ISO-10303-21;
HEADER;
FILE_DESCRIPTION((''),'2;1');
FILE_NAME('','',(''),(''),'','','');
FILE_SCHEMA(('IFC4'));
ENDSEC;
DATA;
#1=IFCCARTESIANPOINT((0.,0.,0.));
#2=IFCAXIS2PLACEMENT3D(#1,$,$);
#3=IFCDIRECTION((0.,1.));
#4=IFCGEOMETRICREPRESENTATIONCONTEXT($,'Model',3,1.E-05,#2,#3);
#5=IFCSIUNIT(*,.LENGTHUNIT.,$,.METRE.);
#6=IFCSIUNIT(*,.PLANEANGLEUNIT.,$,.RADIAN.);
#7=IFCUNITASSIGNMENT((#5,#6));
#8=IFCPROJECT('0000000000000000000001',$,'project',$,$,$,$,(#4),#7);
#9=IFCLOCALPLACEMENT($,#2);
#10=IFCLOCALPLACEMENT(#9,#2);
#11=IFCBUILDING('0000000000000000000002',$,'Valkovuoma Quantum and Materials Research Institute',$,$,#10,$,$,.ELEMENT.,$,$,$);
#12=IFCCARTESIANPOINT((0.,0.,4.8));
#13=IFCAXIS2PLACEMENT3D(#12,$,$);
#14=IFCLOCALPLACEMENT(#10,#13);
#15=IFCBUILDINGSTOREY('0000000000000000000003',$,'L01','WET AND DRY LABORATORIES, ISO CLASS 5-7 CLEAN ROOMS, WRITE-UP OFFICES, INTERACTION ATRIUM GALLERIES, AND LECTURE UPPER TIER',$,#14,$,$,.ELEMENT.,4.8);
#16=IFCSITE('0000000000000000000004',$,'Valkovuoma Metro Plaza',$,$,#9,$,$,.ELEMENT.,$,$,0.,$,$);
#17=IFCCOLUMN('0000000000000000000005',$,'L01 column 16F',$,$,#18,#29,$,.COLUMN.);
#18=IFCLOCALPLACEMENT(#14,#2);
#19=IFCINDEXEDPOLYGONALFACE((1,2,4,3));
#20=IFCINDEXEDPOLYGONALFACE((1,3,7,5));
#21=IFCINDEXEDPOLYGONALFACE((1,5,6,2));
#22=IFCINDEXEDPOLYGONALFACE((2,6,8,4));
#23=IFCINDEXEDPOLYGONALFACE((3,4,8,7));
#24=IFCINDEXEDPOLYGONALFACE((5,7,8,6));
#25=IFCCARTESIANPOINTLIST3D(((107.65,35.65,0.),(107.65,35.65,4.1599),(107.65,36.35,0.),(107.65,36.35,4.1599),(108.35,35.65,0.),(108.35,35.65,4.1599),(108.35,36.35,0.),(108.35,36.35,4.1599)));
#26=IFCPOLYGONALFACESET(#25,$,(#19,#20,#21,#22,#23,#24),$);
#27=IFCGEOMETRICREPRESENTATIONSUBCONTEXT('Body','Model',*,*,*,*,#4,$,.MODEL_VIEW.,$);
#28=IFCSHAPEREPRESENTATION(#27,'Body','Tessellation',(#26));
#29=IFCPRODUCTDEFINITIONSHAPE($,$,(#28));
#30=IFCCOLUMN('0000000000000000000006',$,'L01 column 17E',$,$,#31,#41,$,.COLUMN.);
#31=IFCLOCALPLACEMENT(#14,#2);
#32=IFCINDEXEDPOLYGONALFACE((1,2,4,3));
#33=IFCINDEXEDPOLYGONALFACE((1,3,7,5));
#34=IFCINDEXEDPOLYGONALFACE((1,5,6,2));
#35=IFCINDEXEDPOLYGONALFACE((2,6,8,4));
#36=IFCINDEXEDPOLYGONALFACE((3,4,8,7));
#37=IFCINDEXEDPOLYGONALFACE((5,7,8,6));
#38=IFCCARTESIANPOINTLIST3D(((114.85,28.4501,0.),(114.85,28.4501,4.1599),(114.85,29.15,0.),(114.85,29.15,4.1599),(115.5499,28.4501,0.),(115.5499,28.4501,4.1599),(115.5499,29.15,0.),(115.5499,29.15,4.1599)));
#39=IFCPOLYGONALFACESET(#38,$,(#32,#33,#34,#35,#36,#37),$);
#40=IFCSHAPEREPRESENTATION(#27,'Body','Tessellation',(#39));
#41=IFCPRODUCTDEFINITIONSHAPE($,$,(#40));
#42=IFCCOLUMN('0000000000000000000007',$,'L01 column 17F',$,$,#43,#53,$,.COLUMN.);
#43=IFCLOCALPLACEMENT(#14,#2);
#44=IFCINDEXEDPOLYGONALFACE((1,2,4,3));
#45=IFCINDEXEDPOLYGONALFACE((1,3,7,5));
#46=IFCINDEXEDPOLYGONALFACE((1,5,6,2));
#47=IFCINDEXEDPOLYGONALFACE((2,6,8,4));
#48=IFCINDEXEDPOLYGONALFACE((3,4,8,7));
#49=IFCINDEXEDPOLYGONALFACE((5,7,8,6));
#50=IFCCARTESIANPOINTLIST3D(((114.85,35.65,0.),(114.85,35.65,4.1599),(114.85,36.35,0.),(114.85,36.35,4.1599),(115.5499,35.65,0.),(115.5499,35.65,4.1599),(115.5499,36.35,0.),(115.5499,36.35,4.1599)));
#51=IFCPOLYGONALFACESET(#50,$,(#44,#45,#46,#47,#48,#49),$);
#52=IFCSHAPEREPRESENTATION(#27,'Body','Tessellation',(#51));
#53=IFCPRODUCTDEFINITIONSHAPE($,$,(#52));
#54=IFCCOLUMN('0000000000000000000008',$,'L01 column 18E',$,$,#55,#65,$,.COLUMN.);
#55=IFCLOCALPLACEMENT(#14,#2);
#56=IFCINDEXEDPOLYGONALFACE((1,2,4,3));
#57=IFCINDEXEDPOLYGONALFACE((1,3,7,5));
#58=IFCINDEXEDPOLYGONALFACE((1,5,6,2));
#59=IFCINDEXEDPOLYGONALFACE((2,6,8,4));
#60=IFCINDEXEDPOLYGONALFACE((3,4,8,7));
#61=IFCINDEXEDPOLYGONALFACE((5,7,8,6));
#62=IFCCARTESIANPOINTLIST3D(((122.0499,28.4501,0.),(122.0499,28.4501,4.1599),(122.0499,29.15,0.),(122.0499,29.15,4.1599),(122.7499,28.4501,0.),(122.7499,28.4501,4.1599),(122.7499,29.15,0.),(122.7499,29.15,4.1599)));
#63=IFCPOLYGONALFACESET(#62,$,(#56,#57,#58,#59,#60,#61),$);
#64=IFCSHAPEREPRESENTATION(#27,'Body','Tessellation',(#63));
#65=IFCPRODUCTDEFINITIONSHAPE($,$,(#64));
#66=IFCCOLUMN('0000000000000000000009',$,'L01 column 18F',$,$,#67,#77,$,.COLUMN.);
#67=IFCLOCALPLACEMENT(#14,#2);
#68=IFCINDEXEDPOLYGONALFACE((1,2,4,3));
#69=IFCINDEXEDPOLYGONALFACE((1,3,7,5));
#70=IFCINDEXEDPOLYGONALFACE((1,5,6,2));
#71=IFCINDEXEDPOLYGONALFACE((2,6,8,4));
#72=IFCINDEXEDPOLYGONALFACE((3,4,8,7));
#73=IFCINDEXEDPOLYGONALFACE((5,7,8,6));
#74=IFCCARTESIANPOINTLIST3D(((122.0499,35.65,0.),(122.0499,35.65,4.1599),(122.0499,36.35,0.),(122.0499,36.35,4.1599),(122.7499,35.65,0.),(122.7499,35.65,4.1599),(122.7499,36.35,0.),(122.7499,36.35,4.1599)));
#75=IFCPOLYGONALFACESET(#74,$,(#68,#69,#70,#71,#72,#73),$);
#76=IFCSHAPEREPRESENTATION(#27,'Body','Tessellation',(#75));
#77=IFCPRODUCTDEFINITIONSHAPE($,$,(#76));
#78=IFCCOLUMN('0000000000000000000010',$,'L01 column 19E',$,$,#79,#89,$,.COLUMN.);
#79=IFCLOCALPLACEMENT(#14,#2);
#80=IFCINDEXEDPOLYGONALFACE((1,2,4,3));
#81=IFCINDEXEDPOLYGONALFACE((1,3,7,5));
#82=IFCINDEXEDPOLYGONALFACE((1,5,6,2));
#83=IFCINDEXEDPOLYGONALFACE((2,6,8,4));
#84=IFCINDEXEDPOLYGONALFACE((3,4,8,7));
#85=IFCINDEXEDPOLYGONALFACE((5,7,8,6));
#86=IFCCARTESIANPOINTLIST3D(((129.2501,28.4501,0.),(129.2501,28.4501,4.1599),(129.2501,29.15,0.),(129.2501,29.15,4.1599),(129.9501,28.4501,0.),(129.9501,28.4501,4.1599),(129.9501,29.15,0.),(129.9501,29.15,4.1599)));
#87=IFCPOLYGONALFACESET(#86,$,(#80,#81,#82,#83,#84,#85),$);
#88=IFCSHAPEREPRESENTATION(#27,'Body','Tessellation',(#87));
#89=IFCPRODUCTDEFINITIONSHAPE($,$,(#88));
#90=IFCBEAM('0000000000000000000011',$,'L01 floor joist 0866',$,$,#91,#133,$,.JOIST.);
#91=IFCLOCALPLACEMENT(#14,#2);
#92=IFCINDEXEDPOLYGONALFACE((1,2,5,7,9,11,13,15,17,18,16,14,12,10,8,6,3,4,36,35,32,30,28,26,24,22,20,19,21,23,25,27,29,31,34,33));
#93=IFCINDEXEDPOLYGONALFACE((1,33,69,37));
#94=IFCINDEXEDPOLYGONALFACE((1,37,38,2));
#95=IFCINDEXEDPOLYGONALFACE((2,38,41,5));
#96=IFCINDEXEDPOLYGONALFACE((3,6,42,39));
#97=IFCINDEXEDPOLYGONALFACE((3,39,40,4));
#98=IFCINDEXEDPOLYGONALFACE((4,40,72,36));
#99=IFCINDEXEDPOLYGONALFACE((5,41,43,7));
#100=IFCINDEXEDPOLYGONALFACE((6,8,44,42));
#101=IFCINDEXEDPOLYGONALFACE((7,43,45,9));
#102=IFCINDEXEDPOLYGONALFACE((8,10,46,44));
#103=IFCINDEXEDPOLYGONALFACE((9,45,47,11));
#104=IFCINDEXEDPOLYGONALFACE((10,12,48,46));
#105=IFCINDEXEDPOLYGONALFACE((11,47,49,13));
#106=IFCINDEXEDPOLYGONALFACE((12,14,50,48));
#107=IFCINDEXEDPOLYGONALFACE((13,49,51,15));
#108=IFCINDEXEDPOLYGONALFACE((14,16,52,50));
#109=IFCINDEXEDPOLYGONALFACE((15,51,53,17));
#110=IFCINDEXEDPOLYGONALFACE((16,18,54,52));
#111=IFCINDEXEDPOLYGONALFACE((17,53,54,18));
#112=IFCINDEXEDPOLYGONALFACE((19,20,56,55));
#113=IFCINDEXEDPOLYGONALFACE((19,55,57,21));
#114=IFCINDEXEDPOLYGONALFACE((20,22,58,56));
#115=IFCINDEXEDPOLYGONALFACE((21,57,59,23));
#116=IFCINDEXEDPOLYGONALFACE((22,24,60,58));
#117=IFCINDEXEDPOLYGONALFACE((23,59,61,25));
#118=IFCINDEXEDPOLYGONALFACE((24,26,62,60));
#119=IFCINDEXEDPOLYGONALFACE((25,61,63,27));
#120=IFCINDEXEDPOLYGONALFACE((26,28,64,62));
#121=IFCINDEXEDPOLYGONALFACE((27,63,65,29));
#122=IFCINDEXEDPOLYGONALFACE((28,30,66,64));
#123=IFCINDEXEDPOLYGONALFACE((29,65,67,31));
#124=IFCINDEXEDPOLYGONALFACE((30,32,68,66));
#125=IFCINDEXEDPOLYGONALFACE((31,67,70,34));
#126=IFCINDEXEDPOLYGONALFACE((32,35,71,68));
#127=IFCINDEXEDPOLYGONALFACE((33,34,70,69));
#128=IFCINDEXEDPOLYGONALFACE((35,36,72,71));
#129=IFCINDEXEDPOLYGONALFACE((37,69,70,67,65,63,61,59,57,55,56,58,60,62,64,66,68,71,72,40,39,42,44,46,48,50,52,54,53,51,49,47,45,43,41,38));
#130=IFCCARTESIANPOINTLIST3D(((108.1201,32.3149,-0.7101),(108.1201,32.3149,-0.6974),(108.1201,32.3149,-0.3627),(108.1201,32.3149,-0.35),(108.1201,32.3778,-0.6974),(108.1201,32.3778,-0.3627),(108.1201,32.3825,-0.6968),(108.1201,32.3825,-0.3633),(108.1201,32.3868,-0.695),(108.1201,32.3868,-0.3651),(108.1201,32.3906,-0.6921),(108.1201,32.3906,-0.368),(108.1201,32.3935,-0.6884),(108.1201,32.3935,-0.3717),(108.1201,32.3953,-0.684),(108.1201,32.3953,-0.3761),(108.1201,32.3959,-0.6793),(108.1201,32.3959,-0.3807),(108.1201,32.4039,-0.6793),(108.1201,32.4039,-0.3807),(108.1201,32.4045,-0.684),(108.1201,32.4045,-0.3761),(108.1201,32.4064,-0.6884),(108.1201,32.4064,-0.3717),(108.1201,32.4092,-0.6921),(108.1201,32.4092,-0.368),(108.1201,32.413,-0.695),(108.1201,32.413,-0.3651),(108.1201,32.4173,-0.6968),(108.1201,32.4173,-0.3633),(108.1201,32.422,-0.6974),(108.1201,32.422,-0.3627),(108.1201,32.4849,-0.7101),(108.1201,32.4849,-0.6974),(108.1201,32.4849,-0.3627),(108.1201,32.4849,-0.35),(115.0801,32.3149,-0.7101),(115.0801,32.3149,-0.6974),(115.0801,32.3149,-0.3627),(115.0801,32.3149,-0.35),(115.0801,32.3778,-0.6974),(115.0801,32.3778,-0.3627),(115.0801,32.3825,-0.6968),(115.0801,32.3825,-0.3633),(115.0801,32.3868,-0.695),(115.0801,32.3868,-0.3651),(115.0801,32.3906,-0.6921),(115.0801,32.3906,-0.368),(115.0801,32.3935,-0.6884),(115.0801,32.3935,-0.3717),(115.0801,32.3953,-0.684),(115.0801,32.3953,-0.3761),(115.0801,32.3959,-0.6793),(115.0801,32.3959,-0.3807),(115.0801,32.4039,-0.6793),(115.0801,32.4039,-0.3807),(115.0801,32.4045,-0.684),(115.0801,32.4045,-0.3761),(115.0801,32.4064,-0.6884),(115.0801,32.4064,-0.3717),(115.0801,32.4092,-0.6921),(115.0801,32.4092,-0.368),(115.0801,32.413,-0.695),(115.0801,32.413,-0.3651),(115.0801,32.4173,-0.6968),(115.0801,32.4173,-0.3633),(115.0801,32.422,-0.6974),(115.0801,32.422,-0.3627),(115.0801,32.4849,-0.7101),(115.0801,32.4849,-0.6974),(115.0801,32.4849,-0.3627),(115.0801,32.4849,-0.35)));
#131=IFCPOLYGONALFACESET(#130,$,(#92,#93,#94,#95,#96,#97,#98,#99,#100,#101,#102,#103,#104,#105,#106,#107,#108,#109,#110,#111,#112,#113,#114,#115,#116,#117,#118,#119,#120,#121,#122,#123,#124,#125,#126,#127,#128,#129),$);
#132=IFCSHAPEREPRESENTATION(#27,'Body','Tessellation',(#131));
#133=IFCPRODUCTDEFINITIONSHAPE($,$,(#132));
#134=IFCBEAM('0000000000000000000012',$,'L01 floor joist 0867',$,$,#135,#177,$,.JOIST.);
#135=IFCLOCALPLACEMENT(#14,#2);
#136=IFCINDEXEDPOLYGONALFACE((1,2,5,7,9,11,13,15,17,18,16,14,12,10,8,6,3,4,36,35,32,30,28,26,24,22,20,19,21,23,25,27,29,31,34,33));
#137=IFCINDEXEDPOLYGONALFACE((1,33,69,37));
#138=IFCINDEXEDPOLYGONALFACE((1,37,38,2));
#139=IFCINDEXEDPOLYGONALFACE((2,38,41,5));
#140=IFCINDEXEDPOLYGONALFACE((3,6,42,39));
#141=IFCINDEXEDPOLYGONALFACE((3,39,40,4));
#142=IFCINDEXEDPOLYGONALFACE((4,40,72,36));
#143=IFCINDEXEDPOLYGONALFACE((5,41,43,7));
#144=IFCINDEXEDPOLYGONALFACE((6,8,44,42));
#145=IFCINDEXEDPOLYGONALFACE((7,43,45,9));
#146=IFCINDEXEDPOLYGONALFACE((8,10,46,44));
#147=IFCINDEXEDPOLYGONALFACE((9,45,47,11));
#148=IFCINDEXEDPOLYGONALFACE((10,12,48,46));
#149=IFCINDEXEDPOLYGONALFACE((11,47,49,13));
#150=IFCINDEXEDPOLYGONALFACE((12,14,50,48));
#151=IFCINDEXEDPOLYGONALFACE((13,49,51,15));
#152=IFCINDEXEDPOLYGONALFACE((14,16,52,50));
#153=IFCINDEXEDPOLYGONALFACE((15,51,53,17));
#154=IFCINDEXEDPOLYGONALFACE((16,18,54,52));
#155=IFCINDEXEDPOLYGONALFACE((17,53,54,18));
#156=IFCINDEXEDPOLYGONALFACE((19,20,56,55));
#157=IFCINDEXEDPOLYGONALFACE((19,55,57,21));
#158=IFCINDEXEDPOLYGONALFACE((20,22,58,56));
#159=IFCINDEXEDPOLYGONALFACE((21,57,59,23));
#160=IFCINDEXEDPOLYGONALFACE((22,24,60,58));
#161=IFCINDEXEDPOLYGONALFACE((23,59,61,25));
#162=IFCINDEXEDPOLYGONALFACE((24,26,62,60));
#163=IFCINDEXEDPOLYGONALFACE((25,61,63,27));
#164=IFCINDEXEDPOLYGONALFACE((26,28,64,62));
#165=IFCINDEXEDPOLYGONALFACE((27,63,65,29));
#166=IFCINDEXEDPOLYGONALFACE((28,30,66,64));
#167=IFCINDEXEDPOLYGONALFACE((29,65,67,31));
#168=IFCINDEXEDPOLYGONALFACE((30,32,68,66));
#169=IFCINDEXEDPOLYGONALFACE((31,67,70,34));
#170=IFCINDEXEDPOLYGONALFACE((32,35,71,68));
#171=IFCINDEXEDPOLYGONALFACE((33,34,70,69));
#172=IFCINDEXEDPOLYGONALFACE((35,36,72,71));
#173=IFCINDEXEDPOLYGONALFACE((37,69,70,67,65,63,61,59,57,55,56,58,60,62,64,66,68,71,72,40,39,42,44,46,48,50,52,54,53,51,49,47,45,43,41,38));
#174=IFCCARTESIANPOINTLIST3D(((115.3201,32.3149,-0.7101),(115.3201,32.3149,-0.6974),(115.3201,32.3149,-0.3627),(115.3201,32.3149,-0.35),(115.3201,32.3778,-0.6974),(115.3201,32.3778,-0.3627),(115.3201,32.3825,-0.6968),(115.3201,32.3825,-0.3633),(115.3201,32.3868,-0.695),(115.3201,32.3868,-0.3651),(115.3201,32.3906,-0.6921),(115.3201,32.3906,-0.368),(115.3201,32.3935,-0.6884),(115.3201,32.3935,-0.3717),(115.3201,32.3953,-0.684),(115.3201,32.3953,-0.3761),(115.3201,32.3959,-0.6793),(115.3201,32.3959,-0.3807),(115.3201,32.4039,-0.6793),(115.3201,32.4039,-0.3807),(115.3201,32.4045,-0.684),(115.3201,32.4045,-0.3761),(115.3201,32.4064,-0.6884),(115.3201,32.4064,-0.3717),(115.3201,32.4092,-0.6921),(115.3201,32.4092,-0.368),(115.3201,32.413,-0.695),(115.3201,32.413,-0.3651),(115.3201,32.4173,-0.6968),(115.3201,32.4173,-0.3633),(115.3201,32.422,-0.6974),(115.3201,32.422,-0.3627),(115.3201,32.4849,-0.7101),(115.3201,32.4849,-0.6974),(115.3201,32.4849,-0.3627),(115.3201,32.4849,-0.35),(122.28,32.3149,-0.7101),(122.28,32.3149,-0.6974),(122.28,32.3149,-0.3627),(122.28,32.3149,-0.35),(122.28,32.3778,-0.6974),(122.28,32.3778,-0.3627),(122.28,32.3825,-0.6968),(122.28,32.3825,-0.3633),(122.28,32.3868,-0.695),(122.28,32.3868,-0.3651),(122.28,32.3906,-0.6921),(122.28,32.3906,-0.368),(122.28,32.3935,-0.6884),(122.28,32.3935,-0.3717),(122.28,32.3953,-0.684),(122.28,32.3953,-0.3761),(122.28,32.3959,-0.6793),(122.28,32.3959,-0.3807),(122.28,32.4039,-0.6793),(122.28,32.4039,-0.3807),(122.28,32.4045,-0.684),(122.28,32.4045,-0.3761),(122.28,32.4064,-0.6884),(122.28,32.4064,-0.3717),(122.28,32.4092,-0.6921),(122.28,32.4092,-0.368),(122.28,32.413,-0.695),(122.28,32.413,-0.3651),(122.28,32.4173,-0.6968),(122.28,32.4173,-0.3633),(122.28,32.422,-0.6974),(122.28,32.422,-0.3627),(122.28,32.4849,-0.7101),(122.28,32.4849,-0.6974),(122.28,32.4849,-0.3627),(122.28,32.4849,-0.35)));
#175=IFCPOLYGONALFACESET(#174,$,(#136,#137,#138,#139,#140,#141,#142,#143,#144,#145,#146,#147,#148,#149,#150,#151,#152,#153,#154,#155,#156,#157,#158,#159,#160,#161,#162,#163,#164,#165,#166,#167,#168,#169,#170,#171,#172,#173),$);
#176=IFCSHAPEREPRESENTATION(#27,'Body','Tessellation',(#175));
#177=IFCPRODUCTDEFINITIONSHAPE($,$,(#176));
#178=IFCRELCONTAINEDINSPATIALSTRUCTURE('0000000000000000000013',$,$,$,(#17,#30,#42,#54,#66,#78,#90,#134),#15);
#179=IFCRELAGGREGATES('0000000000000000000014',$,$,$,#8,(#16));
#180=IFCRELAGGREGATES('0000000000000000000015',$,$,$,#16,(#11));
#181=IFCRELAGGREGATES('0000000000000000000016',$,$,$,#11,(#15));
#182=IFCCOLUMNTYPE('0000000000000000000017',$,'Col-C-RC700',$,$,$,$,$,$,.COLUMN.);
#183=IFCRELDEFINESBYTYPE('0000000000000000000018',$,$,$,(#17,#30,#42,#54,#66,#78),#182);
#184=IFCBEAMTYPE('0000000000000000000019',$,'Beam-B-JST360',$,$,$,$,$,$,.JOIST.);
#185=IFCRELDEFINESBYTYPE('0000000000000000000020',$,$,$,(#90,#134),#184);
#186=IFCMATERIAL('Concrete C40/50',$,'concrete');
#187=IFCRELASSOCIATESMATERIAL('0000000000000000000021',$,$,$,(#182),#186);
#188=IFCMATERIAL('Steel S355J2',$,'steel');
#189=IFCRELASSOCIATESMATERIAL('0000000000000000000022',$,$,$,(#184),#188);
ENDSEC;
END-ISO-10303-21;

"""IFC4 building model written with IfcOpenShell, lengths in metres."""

from ifc_helpers import new_model, si_unit, direction, frame, origin, origin_2d, place, context, subcontext, project, spatial, rectangle, i_section, extrude, material, material_profile, profile_set, type_object, element, save


model = new_model("IFC4")

# Units and contexts
model_context = context("Model", 3, precision=1e-05, world=origin(), true_north=direction((0.0, 1.0)))
body_context = subcontext(model_context, "Body", "Model", "MODEL_VIEW")
ifc_project = project(units=[si_unit("LENGTHUNIT", "METRE"), si_unit("PLANEANGLEUNIT", "RADIAN")], contexts=[model_context])

# Site, building, storey
site_placement = place(None, origin())
site = spatial("IfcSite", under=ifc_project, at=site_placement, Name="Valkovuoma Metro Plaza", CompositionType="ELEMENT", RefElevation=0.0)
building_placement = place(site_placement, origin())
building = spatial("IfcBuilding", under=site, at=building_placement, Name="Valkovuoma Quantum and Materials Research Institute", CompositionType="ELEMENT")
storey_placement = place(building_placement, frame((0.0, 0.0, 4.8)))
storey = spatial("IfcBuildingStorey", under=building, at=storey_placement, Name="L01", Description="WET AND DRY LABORATORIES, ISO CLASS 5-7 CLEAN ROOMS, WRITE-UP OFFICES, INTERACTION ATRIUM GALLERIES, AND LECTURE UPPER TIER", CompositionType="ELEMENT", Elevation=4.8)

# Columns
ifc_material_1 = material(Name="Concrete C40/50", Category="concrete")
ifc_material_profile_1 = material_profile(ifc_material_1, rectangle(XDim=0.7, YDim=0.7, at=origin_2d()), Name="Concrete C40/50")
ifc_profile_set_1 = profile_set([ifc_material_profile_1], Name="Concrete C40/50")
column_type = type_object("IfcColumnType", Name="Col-C-RC700", PredefinedType="COLUMN", material=ifc_profile_set_1)
for number, where, z_axis, x_axis, name in (
    (1, (108.0, 36.0, 0.0), (0.0, 0.0, 1.0), (1.0, 0.0, 0.0), "L01 column 16F"),
    (2, (115.2, 28.8, 0.0), (0.0, 0.0, 1.0), (1.0, 0.0, 0.0), "L01 column 17E"),
    (3, (115.2, 36.0, 0.0), (0.0, 0.0, 1.0), (1.0, 0.0, 0.0), "L01 column 17F"),
    (4, (122.3999, 28.8, 0.0), (0.0, 0.0, 1.0), (1.0, 0.0, 0.0), "L01 column 18E"),
    (5, (122.3999, 36.0, 0.0), (0.0, 0.0, 1.0), (1.0, 0.0, 0.0), "L01 column 18F"),
    (6, (129.6001, 28.8, 0.0), (0.0, 0.0, 1.0), (1.0, 0.0, 0.0), "L01 column 19E"),
):
    element("IfcColumn", number, at=place(storey_placement, frame(where, z_axis=z_axis, x_axis=x_axis)), inside=storey, type_object=column_type, Name=name, PredefinedType="COLUMN", context=body_context, shape_type="SweptSolid", body=[
        extrude(rectangle(XDim=0.7, YDim=0.7, at=origin_2d()), origin(), (0.0, 0.0, 1.0), 4.1599),
    ])

# Beams
ifc_material_2 = material(Name="Steel S355J2", Category="steel")
ifc_material_profile_2 = material_profile(ifc_material_2, i_section(OverallWidth=0.1699, OverallDepth=0.3601, WebThickness=0.0081, FlangeThickness=0.0127, FilletRadius=0.0181, at=origin_2d()), Name="Steel S355J2")
ifc_profile_set_2 = profile_set([ifc_material_profile_2], Name="Steel S355J2")
beam_type_1 = type_object("IfcBeamType", Name="Beam-B-JST360", PredefinedType="JOIST", material=ifc_profile_set_2)
for number, where, z_axis, x_axis, name in (
    (7, (108.1201, 32.3999, -0.53), (1.0, 0.0, 0.0), (0.0, 1.0, 0.0), "L01 floor joist 0866"),
    (8, (115.3201, 32.3999, -0.53), (1.0, 0.0, 0.0), (0.0, 1.0, 0.0), "L01 floor joist 0867"),
):
    element("IfcBeam", number, at=place(storey_placement, frame(where, z_axis=z_axis, x_axis=x_axis)), inside=storey, type_object=beam_type_1, Name=name, PredefinedType="JOIST", context=body_context, shape_type="SweptSolid", body=[
        extrude(i_section(OverallWidth=0.1699, OverallDepth=0.3601, WebThickness=0.0081, FlangeThickness=0.0127, FilletRadius=0.0181, at=origin_2d()), origin(), (0.0, 0.0, 1.0), 6.96),
    ])

save(model, "model.ifc")
